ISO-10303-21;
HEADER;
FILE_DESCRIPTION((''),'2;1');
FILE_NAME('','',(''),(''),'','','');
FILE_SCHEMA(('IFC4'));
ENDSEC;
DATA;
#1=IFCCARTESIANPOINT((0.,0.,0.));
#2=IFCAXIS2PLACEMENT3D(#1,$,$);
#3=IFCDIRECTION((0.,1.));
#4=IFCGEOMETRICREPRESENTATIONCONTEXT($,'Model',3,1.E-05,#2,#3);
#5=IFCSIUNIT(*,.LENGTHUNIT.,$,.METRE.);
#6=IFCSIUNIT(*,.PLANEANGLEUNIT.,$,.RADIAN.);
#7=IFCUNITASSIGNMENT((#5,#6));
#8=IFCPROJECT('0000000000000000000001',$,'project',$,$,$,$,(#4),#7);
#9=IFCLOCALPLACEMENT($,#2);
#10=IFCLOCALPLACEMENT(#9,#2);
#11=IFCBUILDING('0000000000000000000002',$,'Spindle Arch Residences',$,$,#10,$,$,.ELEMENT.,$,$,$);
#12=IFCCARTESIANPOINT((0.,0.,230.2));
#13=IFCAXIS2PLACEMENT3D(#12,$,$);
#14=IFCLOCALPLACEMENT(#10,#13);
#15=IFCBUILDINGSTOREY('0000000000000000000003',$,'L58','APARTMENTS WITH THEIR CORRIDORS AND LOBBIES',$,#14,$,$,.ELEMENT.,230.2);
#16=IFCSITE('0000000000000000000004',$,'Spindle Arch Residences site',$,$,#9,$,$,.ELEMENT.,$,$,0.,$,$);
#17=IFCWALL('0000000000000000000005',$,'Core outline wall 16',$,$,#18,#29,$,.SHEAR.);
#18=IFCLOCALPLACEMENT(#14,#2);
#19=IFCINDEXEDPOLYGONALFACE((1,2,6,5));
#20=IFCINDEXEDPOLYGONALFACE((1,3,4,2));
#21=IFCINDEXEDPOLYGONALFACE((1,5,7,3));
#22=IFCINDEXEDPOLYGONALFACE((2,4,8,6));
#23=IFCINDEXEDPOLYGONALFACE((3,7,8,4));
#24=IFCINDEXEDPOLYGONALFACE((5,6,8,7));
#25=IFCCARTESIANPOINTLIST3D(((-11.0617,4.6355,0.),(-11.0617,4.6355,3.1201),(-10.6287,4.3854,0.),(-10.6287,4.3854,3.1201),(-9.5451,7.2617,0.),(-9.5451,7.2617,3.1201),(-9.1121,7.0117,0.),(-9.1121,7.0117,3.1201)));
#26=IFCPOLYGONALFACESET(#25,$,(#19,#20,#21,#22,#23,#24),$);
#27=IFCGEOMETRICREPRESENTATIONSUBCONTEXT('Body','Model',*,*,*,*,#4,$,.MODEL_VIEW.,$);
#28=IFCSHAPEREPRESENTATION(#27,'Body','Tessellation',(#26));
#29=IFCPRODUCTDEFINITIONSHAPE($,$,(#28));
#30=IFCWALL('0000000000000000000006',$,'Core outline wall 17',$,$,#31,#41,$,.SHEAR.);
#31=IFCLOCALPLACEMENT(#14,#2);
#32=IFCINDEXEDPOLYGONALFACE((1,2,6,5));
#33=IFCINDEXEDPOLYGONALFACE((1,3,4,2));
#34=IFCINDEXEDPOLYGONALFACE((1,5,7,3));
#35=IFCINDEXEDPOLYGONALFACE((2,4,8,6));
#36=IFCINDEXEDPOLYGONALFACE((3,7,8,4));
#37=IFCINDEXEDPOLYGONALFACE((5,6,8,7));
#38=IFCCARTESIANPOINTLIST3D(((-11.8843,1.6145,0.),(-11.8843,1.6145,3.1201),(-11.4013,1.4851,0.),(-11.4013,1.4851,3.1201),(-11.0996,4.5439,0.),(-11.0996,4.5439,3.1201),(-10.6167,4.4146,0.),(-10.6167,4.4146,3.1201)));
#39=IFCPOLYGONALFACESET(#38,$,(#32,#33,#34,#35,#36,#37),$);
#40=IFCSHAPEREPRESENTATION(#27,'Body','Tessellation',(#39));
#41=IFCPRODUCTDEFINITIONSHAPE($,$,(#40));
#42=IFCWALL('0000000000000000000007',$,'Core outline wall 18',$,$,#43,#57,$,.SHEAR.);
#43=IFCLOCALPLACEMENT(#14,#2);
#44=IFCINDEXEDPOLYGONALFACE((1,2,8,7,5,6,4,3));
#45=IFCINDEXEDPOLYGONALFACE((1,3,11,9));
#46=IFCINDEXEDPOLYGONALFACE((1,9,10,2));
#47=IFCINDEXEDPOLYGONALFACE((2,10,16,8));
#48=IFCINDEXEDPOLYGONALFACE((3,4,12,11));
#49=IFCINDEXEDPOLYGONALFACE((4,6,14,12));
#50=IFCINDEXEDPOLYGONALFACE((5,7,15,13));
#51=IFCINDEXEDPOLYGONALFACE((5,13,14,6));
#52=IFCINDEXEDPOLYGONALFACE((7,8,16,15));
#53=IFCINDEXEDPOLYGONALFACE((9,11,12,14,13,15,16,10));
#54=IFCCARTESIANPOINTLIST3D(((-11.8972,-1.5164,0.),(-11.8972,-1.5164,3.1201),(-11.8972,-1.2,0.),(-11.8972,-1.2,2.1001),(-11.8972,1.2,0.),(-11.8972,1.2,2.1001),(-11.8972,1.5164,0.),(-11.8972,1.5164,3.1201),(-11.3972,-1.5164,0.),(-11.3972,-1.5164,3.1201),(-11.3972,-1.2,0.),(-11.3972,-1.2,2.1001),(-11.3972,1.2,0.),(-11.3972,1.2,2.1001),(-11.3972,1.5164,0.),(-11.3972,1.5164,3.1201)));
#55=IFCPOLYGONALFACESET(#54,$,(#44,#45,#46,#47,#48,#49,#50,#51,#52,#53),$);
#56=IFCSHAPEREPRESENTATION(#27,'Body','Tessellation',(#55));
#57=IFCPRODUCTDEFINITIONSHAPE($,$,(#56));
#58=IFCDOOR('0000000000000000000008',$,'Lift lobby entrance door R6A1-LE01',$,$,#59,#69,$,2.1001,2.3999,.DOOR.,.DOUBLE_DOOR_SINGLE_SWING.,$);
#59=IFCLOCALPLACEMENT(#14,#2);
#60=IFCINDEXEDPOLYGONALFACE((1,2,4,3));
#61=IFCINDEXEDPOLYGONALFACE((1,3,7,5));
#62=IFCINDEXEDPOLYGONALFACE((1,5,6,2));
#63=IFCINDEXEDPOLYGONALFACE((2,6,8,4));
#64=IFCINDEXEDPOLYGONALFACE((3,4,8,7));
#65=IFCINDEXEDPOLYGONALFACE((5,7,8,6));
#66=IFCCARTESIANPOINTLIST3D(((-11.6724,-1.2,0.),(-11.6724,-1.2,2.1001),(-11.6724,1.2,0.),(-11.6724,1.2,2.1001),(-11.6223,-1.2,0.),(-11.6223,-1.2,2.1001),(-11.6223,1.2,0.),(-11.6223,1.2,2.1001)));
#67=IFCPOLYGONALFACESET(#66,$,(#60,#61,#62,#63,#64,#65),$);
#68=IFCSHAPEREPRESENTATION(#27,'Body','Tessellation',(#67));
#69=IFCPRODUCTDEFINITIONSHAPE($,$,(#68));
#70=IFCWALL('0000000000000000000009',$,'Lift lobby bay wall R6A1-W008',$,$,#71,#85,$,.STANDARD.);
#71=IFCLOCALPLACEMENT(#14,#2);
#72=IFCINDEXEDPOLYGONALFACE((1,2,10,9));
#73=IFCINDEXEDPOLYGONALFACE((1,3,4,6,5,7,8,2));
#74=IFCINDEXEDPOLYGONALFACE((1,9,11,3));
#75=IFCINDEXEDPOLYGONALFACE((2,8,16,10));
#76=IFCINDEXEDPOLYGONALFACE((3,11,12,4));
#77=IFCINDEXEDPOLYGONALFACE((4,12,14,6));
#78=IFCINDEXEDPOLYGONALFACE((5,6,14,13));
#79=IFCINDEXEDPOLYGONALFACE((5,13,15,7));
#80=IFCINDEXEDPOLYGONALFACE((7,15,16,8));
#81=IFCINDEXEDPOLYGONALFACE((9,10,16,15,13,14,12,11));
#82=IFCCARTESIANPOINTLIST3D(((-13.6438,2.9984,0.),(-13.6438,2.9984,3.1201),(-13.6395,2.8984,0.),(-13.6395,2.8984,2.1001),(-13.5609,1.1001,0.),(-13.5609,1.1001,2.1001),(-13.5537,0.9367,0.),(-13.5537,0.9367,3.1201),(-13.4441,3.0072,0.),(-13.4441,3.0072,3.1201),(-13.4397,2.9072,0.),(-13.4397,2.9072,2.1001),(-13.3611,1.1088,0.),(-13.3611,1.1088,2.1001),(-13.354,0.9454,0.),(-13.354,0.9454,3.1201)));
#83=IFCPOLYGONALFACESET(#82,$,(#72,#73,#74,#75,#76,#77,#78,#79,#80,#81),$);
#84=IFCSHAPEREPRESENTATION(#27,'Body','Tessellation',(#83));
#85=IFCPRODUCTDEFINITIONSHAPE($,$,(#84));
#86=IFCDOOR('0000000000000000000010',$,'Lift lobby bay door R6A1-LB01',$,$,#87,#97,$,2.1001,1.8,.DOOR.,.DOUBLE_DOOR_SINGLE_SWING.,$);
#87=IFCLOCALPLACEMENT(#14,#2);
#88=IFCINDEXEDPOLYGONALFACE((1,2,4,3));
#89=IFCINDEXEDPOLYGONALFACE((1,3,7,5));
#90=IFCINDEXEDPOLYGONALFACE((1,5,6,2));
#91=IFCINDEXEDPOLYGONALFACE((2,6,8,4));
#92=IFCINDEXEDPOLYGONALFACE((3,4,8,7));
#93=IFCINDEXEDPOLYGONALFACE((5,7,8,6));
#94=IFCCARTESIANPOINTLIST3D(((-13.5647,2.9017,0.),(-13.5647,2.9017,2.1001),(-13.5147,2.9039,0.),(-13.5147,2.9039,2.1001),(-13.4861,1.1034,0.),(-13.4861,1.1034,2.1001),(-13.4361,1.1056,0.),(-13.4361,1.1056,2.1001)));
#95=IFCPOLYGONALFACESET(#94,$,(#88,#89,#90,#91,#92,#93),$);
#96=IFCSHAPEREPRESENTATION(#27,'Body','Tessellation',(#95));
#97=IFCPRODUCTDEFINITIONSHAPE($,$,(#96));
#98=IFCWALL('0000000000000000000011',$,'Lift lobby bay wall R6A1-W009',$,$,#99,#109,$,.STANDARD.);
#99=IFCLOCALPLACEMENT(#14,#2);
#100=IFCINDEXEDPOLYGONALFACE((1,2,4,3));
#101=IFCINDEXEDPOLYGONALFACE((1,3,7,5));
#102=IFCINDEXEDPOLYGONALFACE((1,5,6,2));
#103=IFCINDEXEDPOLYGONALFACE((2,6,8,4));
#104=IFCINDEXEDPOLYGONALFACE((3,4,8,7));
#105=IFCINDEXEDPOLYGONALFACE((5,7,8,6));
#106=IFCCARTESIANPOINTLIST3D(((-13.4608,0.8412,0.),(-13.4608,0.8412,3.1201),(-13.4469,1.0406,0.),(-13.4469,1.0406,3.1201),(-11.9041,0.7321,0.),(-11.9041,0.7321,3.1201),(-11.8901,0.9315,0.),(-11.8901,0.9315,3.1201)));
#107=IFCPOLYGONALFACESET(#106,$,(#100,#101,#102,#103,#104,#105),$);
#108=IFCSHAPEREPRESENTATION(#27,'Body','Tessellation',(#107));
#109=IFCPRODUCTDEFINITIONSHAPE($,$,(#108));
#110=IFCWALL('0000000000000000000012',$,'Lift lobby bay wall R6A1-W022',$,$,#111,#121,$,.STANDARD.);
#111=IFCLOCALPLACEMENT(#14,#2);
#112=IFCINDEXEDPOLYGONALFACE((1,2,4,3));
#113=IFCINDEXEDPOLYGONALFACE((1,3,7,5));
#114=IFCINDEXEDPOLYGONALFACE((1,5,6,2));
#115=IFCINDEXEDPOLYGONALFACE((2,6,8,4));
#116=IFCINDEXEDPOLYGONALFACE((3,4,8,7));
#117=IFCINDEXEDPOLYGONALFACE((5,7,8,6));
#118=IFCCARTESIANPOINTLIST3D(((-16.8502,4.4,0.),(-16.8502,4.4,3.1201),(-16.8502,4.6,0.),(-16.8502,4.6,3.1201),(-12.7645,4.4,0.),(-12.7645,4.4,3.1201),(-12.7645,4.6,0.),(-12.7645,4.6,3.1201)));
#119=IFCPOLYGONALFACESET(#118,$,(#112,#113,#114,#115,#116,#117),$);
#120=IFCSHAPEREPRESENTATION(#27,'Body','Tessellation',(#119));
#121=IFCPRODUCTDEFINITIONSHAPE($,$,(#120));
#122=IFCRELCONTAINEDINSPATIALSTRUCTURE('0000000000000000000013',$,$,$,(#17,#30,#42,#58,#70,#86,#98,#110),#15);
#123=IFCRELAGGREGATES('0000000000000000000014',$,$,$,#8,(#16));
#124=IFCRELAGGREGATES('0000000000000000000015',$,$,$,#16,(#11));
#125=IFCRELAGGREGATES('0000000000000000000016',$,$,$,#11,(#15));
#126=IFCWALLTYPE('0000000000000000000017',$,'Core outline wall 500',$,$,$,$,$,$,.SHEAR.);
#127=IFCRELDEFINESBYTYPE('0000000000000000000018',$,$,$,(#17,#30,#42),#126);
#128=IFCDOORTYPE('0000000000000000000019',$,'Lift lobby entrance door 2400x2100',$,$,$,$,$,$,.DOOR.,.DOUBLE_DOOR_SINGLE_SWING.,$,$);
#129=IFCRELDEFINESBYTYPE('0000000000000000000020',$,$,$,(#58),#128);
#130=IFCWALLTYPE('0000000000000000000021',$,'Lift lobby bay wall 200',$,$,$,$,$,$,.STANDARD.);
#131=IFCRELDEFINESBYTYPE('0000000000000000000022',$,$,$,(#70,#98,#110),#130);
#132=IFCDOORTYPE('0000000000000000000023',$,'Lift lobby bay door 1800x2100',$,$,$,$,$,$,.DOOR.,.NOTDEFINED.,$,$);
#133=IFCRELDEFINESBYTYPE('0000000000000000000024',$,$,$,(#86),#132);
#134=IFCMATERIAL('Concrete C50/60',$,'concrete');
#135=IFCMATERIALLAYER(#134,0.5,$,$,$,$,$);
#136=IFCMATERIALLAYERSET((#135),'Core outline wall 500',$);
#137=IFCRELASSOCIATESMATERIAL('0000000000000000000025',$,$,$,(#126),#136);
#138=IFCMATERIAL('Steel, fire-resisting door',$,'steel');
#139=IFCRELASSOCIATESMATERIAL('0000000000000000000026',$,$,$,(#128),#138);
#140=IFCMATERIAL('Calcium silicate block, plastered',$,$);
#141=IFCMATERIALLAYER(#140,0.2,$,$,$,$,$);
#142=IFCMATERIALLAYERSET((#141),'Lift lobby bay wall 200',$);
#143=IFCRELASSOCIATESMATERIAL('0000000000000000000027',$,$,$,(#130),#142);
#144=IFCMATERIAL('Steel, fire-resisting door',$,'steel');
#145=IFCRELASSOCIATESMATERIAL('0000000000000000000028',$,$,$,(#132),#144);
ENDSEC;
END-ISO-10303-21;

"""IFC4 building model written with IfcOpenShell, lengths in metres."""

from ifc_helpers import new_model, si_unit, direction, frame, frame_2d, origin, place, context, subcontext, project, spatial, rectangle, extrude, material, layer, layer_set, type_object, element, fill, save


model = new_model("IFC4")

# Units and contexts
model_context = context("Model", 3, precision=1e-05, world=origin(), true_north=direction((0.0, 1.0)))
body_context = subcontext(model_context, "Body", "Model", "MODEL_VIEW")
ifc_project = project(units=[si_unit("LENGTHUNIT", "METRE"), si_unit("PLANEANGLEUNIT", "RADIAN")], contexts=[model_context])

# Site, building, storey
site_placement = place(None, origin())
site = spatial("IfcSite", under=ifc_project, at=site_placement, Name="Spindle Arch Residences site", CompositionType="ELEMENT", RefElevation=0.0)
building_placement = place(site_placement, origin())
building = spatial("IfcBuilding", under=site, at=building_placement, Name="Spindle Arch Residences", CompositionType="ELEMENT")
storey_placement = place(building_placement, frame((0.0, 0.0, 230.2)))
storey = spatial("IfcBuildingStorey", under=building, at=storey_placement, Name="L58", Description="APARTMENTS WITH THEIR CORRIDORS AND LOBBIES", CompositionType="ELEMENT", Elevation=230.2)

# Walls
ifc_material_1 = material(Name="Concrete C50/60", Category="concrete")
ifc_layer_1 = layer(ifc_material_1, 0.5)
ifc_layer_set_1 = layer_set([ifc_layer_1], Name="Core outline wall 500")
wall_type_1 = type_object("IfcWallType", Name="Core outline wall 500", PredefinedType="SHEAR", material=ifc_layer_set_1)
for number, where, z_axis, x_axis, name in (
    (1, (-9.3286, 7.1367, 0.0), (0.0, 0.0, 1.0), (-0.500087, -0.865975, 0.0), "Core outline wall 16"),
    (2, (-10.8582, 4.4792, 0.0), (0.0, 0.0, 1.0), (-0.258735, -0.965948, 0.0), "Core outline wall 17"),
):
    element("IfcWall", number, at=place(storey_placement, frame(where, z_axis=z_axis, x_axis=x_axis)), inside=storey, type_object=wall_type_1, Name=name, PredefinedType="SHEAR", context=body_context, shape_type="SweptSolid", body=[
        extrude(rectangle(XDim=3.0327, YDim=0.5, at=frame_2d((1.5164, 0.0))), origin(), (0.0, 0.0, 1.0), 3.1201),
    ])

# Walls, openings, doors
wall_1_placement = place(storey_placement, frame((-11.6472, 1.5164, 0.0), z_axis=(0.0, 0.0, 1.0), x_axis=(0.0, -1.0, 0.0)))
wall_1 = element("IfcWall", 3, at=wall_1_placement, inside=storey, type_object=wall_type_1, Name="Core outline wall 18", PredefinedType="SHEAR", context=body_context, shape_type="SweptSolid", body=[
    extrude(rectangle(XDim=3.0327, YDim=0.5, at=frame_2d((1.5164, 0.0))), origin(), (0.0, 0.0, 1.0), 3.1201),
])
opening_1_placement = place(wall_1_placement, frame((0.3164, 0.0, 0.0)))
opening_1 = element("IfcOpeningElement", 4, at=opening_1_placement, cuts=wall_1, PredefinedType="OPENING", context=body_context, shape_type="SweptSolid", body=[
    extrude(rectangle(XDim=2.3999, YDim=2.1001, at=frame_2d((1.2, 1.05))), frame((0.0, 0.26, 0.0), z_axis=(0.0, -1.0, 0.0), x_axis=(1.0, 0.0, 0.0)), (0.0, 0.0, 1.0), 0.52),
])
ifc_material_2 = material(Name="Steel, fire-resisting door", Category="steel")
door_type_1 = type_object("IfcDoorType", Name="Lift lobby entrance door 2400x2100", OperationType="DOUBLE_DOOR_SINGLE_SWING", PredefinedType="DOOR", material=ifc_material_2)
door_1_placement = place(opening_1_placement, origin())
door_1 = element("IfcDoor", 5, at=door_1_placement, inside=storey, type_object=door_type_1, Name="Lift lobby entrance door R6A1-LE01", OperationType="DOUBLE_DOOR_SINGLE_SWING", OverallHeight=2.1001, OverallWidth=2.3999, PredefinedType="DOOR", context=body_context, shape_type="SweptSolid", body=[
    extrude(rectangle(XDim=2.3999, YDim=2.1001, at=frame_2d((1.2, 1.05))), frame((0.0, 0.0249, 0.0), z_axis=(0.0, -1.0, 0.0), x_axis=(1.0, 0.0, 0.0)), (0.0, 0.0, 1.0), 0.05),
])
fill(opening_1, door_1)
ifc_material_3 = material(Name="Calcium silicate block, plastered")
ifc_layer_2 = layer(ifc_material_3, 0.2)
ifc_layer_set_2 = layer_set([ifc_layer_2], Name="Lift lobby bay wall 200")
wall_type_2 = type_object("IfcWallType", Name="Lift lobby bay wall 200", PredefinedType="STANDARD", material=ifc_layer_set_2)
wall_2_placement = place(storey_placement, frame((-13.5439, 3.0027, 0.0), z_axis=(0.0, 0.0, 1.0), x_axis=(0.043653, -0.999047, 0.0)))
wall_2 = element("IfcWall", 6, at=wall_2_placement, inside=storey, type_object=wall_type_2, Name="Lift lobby bay wall R6A1-W008", PredefinedType="STANDARD", context=body_context, shape_type="SweptSolid", body=[
    extrude(rectangle(XDim=2.0637, YDim=0.2, at=frame_2d((1.0317, 0.0))), origin(), (0.0, 0.0, 1.0), 3.1201),
])
opening_2_placement = place(wall_2_placement, frame((0.1001, 0.0, 0.0)))
opening_2 = element("IfcOpeningElement", 7, at=opening_2_placement, cuts=wall_2, PredefinedType="OPENING", context=body_context, shape_type="SweptSolid", body=[
    extrude(rectangle(XDim=1.8, YDim=2.1001, at=frame_2d((0.8999, 1.05))), frame((0.0, 0.1099, 0.0), z_axis=(0.0, -1.0, 0.0), x_axis=(1.0, 0.0, 0.0)), (0.0, 0.0, 1.0), 0.22),
])
ifc_material_4 = material(Name="Steel, fire-resisting door", Category="steel")
door_type_2 = type_object("IfcDoorType", Name="Lift lobby bay door 1800x2100", OperationType="NOTDEFINED", PredefinedType="DOOR", material=ifc_material_4)
door_2_placement = place(opening_2_placement, origin())
door_2 = element("IfcDoor", 8, at=door_2_placement, inside=storey, type_object=door_type_2, Name="Lift lobby bay door R6A1-LB01", OperationType="DOUBLE_DOOR_SINGLE_SWING", OverallHeight=2.1001, OverallWidth=1.8, PredefinedType="DOOR", context=body_context, shape_type="SweptSolid", body=[
    extrude(rectangle(XDim=1.8, YDim=2.1001, at=frame_2d((0.8999, 1.05))), frame((0.0, 0.0249, 0.0), z_axis=(0.0, -1.0, 0.0), x_axis=(1.0, 0.0, 0.0)), (0.0, 0.0, 1.0), 0.05),
])
fill(opening_2, door_2)

# Walls
wall_3_placement = place(storey_placement, frame((-13.4539, 0.9409, 0.0), z_axis=(0.0, 0.0, 1.0), x_axis=(0.997552, -0.069935, 0.0)))
element("IfcWall", 9, at=wall_3_placement, inside=storey, type_object=wall_type_2, Name="Lift lobby bay wall R6A1-W009", PredefinedType="STANDARD", context=body_context, shape_type="SweptSolid", body=[
    extrude(rectangle(XDim=1.5605, YDim=0.2, at=frame_2d((0.7803, 0.0))), origin(), (0.0, 0.0, 1.0), 3.1201),
])
wall_4_placement = place(storey_placement, frame((-12.7644, 4.5, 0.0), z_axis=(0.0, 0.0, 1.0), x_axis=(-1.0, 0.0, 0.0)))
element("IfcWall", 10, at=wall_4_placement, inside=storey, type_object=wall_type_2, Name="Lift lobby bay wall R6A1-W022", PredefinedType="STANDARD", context=body_context, shape_type="SweptSolid", body=[
    extrude(rectangle(XDim=4.0857, YDim=0.2, at=frame_2d((2.043, 0.0))), origin(), (0.0, 0.0, 1.0), 3.1201),
])

save(model, "model.ifc")
